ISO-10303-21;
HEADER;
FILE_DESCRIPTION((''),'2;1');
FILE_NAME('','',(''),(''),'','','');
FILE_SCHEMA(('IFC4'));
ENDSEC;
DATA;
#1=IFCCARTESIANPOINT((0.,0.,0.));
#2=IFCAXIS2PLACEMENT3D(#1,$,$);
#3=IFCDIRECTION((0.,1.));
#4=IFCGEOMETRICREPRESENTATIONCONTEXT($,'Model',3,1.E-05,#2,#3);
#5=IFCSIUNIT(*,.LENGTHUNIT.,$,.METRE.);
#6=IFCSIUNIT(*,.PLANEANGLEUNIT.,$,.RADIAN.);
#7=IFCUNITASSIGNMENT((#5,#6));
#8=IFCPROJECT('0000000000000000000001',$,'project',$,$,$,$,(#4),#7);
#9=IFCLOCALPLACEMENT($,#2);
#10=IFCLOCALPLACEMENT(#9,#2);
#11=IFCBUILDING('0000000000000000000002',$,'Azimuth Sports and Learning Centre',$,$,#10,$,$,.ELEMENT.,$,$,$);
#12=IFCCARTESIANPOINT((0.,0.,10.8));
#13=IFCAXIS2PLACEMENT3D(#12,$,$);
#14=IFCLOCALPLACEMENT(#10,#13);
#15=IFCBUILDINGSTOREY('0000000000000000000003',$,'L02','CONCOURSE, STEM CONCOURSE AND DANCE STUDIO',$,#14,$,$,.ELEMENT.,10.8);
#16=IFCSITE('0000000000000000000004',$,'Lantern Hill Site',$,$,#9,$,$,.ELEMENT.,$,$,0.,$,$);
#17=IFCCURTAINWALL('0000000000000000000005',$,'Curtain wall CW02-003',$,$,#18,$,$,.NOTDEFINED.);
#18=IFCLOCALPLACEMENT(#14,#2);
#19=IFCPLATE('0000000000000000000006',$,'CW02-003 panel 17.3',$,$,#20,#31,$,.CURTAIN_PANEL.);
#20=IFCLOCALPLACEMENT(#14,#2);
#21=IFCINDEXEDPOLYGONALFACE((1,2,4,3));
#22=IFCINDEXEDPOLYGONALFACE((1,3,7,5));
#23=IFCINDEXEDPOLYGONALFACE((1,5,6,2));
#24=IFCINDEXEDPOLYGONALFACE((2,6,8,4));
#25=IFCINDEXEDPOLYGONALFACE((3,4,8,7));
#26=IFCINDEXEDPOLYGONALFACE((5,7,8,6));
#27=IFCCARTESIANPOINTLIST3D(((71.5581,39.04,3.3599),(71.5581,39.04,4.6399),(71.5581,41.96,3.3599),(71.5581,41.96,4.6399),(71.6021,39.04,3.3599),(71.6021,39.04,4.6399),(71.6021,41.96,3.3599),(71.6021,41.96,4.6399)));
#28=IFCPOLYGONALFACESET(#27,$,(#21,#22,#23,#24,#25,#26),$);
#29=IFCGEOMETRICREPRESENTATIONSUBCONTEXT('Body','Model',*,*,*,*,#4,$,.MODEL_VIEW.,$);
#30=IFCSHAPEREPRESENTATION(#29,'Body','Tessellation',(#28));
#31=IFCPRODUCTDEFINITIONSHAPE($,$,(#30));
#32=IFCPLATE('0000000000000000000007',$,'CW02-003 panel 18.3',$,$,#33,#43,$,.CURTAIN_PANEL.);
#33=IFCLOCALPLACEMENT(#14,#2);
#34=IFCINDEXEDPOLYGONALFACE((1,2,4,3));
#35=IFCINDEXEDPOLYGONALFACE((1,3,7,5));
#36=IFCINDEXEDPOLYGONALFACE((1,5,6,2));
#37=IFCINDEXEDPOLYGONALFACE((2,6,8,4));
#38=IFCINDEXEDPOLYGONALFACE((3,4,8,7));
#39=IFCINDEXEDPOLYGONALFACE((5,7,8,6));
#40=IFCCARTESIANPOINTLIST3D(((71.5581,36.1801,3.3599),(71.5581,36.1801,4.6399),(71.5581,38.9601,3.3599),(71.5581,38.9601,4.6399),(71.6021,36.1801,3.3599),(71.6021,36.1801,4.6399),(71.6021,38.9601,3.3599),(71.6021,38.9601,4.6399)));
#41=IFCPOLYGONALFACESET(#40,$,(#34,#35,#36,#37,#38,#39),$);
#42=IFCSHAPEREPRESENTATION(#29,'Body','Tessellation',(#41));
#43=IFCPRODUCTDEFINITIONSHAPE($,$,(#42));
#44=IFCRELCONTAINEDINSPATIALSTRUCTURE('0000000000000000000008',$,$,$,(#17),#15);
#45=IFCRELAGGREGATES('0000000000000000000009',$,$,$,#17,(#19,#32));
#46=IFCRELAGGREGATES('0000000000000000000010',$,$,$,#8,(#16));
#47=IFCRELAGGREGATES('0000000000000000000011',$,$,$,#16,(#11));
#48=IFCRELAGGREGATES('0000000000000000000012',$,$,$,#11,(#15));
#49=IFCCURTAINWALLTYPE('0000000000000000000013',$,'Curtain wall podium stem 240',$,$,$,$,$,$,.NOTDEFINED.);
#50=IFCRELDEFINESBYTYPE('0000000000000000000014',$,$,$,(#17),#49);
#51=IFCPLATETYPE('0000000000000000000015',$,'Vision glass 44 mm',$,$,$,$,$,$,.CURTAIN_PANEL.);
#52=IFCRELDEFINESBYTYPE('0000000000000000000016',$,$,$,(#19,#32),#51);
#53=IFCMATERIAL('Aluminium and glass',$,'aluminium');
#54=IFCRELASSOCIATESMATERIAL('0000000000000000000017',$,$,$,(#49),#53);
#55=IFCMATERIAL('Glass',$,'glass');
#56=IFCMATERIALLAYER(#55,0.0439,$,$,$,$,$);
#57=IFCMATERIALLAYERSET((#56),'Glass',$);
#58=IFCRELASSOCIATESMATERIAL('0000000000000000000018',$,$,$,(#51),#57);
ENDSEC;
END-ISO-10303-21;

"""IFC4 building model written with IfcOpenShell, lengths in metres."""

from ifc_helpers import new_model, si_unit, direction, frame, origin, origin_2d, place, context, subcontext, project, spatial, rectangle, extrude, material, layer, layer_set, type_object, element, aggregate, save


model = new_model("IFC4")

# Units and contexts
model_context = context("Model", 3, precision=1e-05, world=origin(), true_north=direction((0.0, 1.0)))
body_context = subcontext(model_context, "Body", "Model", "MODEL_VIEW")
ifc_project = project(units=[si_unit("LENGTHUNIT", "METRE"), si_unit("PLANEANGLEUNIT", "RADIAN")], contexts=[model_context])

# Site, building, storey
site_placement = place(None, origin())
site = spatial("IfcSite", under=ifc_project, at=site_placement, Name="Lantern Hill Site", CompositionType="ELEMENT", RefElevation=0.0)
building_placement = place(site_placement, origin())
building = spatial("IfcBuilding", under=site, at=building_placement, Name="Azimuth Sports and Learning Centre", CompositionType="ELEMENT")
storey_placement = place(building_placement, frame((0.0, 0.0, 10.8)))
storey = spatial("IfcBuildingStorey", under=building, at=storey_placement, Name="L02", Description="CONCOURSE, STEM CONCOURSE AND DANCE STUDIO", CompositionType="ELEMENT", Elevation=10.8)

# Curtain wall, plates
ifc_material_1 = material(Name="Aluminium and glass", Category="aluminium")
curtain_wall_type = type_object("IfcCurtainWallType", Name="Curtain wall podium stem 240", PredefinedType="NOTDEFINED", material=ifc_material_1)
curtain_wall_placement = place(storey_placement, origin())
curtain_wall = element("IfcCurtainWall", 1, at=curtain_wall_placement, inside=storey, type_object=curtain_wall_type, Name="Curtain wall CW02-003", PredefinedType="NOTDEFINED")
ifc_material_2 = material(Name="Glass", Category="glass")
ifc_layer_1 = layer(ifc_material_2, 0.0439)
ifc_layer_set_1 = layer_set([ifc_layer_1], Name="Glass")
plate_type_1 = type_object("IfcPlateType", Name="Vision glass 44 mm", PredefinedType="CURTAIN_PANEL", material=ifc_layer_set_1)
plate_1_placement = place(storey_placement, frame((71.5801, 40.5, 3.3599), z_axis=(0.0, 0.0, 1.0), x_axis=(0.0, -1.0, 0.0)))
plate_1 = element("IfcPlate", 2, at=plate_1_placement, type_object=plate_type_1, Name="CW02-003 panel 17.3", PredefinedType="CURTAIN_PANEL", context=body_context, shape_type="SweptSolid", body=[
    extrude(rectangle(XDim=2.9199, YDim=0.0439, at=origin_2d()), origin(), (0.0, 0.0, 1.0), 1.28),
])
plate_2_placement = place(storey_placement, frame((71.5801, 37.5701, 3.3599), z_axis=(0.0, 0.0, 1.0), x_axis=(0.0, -1.0, 0.0)))
plate_2 = element("IfcPlate", 3, at=plate_2_placement, type_object=plate_type_1, Name="CW02-003 panel 18.3", PredefinedType="CURTAIN_PANEL", context=body_context, shape_type="SweptSolid", body=[
    extrude(rectangle(XDim=2.78, YDim=0.0439, at=origin_2d()), origin(), (0.0, 0.0, 1.0), 1.28),
])
aggregate(curtain_wall, [plate_1, plate_2])

save(model, "model.ifc")
